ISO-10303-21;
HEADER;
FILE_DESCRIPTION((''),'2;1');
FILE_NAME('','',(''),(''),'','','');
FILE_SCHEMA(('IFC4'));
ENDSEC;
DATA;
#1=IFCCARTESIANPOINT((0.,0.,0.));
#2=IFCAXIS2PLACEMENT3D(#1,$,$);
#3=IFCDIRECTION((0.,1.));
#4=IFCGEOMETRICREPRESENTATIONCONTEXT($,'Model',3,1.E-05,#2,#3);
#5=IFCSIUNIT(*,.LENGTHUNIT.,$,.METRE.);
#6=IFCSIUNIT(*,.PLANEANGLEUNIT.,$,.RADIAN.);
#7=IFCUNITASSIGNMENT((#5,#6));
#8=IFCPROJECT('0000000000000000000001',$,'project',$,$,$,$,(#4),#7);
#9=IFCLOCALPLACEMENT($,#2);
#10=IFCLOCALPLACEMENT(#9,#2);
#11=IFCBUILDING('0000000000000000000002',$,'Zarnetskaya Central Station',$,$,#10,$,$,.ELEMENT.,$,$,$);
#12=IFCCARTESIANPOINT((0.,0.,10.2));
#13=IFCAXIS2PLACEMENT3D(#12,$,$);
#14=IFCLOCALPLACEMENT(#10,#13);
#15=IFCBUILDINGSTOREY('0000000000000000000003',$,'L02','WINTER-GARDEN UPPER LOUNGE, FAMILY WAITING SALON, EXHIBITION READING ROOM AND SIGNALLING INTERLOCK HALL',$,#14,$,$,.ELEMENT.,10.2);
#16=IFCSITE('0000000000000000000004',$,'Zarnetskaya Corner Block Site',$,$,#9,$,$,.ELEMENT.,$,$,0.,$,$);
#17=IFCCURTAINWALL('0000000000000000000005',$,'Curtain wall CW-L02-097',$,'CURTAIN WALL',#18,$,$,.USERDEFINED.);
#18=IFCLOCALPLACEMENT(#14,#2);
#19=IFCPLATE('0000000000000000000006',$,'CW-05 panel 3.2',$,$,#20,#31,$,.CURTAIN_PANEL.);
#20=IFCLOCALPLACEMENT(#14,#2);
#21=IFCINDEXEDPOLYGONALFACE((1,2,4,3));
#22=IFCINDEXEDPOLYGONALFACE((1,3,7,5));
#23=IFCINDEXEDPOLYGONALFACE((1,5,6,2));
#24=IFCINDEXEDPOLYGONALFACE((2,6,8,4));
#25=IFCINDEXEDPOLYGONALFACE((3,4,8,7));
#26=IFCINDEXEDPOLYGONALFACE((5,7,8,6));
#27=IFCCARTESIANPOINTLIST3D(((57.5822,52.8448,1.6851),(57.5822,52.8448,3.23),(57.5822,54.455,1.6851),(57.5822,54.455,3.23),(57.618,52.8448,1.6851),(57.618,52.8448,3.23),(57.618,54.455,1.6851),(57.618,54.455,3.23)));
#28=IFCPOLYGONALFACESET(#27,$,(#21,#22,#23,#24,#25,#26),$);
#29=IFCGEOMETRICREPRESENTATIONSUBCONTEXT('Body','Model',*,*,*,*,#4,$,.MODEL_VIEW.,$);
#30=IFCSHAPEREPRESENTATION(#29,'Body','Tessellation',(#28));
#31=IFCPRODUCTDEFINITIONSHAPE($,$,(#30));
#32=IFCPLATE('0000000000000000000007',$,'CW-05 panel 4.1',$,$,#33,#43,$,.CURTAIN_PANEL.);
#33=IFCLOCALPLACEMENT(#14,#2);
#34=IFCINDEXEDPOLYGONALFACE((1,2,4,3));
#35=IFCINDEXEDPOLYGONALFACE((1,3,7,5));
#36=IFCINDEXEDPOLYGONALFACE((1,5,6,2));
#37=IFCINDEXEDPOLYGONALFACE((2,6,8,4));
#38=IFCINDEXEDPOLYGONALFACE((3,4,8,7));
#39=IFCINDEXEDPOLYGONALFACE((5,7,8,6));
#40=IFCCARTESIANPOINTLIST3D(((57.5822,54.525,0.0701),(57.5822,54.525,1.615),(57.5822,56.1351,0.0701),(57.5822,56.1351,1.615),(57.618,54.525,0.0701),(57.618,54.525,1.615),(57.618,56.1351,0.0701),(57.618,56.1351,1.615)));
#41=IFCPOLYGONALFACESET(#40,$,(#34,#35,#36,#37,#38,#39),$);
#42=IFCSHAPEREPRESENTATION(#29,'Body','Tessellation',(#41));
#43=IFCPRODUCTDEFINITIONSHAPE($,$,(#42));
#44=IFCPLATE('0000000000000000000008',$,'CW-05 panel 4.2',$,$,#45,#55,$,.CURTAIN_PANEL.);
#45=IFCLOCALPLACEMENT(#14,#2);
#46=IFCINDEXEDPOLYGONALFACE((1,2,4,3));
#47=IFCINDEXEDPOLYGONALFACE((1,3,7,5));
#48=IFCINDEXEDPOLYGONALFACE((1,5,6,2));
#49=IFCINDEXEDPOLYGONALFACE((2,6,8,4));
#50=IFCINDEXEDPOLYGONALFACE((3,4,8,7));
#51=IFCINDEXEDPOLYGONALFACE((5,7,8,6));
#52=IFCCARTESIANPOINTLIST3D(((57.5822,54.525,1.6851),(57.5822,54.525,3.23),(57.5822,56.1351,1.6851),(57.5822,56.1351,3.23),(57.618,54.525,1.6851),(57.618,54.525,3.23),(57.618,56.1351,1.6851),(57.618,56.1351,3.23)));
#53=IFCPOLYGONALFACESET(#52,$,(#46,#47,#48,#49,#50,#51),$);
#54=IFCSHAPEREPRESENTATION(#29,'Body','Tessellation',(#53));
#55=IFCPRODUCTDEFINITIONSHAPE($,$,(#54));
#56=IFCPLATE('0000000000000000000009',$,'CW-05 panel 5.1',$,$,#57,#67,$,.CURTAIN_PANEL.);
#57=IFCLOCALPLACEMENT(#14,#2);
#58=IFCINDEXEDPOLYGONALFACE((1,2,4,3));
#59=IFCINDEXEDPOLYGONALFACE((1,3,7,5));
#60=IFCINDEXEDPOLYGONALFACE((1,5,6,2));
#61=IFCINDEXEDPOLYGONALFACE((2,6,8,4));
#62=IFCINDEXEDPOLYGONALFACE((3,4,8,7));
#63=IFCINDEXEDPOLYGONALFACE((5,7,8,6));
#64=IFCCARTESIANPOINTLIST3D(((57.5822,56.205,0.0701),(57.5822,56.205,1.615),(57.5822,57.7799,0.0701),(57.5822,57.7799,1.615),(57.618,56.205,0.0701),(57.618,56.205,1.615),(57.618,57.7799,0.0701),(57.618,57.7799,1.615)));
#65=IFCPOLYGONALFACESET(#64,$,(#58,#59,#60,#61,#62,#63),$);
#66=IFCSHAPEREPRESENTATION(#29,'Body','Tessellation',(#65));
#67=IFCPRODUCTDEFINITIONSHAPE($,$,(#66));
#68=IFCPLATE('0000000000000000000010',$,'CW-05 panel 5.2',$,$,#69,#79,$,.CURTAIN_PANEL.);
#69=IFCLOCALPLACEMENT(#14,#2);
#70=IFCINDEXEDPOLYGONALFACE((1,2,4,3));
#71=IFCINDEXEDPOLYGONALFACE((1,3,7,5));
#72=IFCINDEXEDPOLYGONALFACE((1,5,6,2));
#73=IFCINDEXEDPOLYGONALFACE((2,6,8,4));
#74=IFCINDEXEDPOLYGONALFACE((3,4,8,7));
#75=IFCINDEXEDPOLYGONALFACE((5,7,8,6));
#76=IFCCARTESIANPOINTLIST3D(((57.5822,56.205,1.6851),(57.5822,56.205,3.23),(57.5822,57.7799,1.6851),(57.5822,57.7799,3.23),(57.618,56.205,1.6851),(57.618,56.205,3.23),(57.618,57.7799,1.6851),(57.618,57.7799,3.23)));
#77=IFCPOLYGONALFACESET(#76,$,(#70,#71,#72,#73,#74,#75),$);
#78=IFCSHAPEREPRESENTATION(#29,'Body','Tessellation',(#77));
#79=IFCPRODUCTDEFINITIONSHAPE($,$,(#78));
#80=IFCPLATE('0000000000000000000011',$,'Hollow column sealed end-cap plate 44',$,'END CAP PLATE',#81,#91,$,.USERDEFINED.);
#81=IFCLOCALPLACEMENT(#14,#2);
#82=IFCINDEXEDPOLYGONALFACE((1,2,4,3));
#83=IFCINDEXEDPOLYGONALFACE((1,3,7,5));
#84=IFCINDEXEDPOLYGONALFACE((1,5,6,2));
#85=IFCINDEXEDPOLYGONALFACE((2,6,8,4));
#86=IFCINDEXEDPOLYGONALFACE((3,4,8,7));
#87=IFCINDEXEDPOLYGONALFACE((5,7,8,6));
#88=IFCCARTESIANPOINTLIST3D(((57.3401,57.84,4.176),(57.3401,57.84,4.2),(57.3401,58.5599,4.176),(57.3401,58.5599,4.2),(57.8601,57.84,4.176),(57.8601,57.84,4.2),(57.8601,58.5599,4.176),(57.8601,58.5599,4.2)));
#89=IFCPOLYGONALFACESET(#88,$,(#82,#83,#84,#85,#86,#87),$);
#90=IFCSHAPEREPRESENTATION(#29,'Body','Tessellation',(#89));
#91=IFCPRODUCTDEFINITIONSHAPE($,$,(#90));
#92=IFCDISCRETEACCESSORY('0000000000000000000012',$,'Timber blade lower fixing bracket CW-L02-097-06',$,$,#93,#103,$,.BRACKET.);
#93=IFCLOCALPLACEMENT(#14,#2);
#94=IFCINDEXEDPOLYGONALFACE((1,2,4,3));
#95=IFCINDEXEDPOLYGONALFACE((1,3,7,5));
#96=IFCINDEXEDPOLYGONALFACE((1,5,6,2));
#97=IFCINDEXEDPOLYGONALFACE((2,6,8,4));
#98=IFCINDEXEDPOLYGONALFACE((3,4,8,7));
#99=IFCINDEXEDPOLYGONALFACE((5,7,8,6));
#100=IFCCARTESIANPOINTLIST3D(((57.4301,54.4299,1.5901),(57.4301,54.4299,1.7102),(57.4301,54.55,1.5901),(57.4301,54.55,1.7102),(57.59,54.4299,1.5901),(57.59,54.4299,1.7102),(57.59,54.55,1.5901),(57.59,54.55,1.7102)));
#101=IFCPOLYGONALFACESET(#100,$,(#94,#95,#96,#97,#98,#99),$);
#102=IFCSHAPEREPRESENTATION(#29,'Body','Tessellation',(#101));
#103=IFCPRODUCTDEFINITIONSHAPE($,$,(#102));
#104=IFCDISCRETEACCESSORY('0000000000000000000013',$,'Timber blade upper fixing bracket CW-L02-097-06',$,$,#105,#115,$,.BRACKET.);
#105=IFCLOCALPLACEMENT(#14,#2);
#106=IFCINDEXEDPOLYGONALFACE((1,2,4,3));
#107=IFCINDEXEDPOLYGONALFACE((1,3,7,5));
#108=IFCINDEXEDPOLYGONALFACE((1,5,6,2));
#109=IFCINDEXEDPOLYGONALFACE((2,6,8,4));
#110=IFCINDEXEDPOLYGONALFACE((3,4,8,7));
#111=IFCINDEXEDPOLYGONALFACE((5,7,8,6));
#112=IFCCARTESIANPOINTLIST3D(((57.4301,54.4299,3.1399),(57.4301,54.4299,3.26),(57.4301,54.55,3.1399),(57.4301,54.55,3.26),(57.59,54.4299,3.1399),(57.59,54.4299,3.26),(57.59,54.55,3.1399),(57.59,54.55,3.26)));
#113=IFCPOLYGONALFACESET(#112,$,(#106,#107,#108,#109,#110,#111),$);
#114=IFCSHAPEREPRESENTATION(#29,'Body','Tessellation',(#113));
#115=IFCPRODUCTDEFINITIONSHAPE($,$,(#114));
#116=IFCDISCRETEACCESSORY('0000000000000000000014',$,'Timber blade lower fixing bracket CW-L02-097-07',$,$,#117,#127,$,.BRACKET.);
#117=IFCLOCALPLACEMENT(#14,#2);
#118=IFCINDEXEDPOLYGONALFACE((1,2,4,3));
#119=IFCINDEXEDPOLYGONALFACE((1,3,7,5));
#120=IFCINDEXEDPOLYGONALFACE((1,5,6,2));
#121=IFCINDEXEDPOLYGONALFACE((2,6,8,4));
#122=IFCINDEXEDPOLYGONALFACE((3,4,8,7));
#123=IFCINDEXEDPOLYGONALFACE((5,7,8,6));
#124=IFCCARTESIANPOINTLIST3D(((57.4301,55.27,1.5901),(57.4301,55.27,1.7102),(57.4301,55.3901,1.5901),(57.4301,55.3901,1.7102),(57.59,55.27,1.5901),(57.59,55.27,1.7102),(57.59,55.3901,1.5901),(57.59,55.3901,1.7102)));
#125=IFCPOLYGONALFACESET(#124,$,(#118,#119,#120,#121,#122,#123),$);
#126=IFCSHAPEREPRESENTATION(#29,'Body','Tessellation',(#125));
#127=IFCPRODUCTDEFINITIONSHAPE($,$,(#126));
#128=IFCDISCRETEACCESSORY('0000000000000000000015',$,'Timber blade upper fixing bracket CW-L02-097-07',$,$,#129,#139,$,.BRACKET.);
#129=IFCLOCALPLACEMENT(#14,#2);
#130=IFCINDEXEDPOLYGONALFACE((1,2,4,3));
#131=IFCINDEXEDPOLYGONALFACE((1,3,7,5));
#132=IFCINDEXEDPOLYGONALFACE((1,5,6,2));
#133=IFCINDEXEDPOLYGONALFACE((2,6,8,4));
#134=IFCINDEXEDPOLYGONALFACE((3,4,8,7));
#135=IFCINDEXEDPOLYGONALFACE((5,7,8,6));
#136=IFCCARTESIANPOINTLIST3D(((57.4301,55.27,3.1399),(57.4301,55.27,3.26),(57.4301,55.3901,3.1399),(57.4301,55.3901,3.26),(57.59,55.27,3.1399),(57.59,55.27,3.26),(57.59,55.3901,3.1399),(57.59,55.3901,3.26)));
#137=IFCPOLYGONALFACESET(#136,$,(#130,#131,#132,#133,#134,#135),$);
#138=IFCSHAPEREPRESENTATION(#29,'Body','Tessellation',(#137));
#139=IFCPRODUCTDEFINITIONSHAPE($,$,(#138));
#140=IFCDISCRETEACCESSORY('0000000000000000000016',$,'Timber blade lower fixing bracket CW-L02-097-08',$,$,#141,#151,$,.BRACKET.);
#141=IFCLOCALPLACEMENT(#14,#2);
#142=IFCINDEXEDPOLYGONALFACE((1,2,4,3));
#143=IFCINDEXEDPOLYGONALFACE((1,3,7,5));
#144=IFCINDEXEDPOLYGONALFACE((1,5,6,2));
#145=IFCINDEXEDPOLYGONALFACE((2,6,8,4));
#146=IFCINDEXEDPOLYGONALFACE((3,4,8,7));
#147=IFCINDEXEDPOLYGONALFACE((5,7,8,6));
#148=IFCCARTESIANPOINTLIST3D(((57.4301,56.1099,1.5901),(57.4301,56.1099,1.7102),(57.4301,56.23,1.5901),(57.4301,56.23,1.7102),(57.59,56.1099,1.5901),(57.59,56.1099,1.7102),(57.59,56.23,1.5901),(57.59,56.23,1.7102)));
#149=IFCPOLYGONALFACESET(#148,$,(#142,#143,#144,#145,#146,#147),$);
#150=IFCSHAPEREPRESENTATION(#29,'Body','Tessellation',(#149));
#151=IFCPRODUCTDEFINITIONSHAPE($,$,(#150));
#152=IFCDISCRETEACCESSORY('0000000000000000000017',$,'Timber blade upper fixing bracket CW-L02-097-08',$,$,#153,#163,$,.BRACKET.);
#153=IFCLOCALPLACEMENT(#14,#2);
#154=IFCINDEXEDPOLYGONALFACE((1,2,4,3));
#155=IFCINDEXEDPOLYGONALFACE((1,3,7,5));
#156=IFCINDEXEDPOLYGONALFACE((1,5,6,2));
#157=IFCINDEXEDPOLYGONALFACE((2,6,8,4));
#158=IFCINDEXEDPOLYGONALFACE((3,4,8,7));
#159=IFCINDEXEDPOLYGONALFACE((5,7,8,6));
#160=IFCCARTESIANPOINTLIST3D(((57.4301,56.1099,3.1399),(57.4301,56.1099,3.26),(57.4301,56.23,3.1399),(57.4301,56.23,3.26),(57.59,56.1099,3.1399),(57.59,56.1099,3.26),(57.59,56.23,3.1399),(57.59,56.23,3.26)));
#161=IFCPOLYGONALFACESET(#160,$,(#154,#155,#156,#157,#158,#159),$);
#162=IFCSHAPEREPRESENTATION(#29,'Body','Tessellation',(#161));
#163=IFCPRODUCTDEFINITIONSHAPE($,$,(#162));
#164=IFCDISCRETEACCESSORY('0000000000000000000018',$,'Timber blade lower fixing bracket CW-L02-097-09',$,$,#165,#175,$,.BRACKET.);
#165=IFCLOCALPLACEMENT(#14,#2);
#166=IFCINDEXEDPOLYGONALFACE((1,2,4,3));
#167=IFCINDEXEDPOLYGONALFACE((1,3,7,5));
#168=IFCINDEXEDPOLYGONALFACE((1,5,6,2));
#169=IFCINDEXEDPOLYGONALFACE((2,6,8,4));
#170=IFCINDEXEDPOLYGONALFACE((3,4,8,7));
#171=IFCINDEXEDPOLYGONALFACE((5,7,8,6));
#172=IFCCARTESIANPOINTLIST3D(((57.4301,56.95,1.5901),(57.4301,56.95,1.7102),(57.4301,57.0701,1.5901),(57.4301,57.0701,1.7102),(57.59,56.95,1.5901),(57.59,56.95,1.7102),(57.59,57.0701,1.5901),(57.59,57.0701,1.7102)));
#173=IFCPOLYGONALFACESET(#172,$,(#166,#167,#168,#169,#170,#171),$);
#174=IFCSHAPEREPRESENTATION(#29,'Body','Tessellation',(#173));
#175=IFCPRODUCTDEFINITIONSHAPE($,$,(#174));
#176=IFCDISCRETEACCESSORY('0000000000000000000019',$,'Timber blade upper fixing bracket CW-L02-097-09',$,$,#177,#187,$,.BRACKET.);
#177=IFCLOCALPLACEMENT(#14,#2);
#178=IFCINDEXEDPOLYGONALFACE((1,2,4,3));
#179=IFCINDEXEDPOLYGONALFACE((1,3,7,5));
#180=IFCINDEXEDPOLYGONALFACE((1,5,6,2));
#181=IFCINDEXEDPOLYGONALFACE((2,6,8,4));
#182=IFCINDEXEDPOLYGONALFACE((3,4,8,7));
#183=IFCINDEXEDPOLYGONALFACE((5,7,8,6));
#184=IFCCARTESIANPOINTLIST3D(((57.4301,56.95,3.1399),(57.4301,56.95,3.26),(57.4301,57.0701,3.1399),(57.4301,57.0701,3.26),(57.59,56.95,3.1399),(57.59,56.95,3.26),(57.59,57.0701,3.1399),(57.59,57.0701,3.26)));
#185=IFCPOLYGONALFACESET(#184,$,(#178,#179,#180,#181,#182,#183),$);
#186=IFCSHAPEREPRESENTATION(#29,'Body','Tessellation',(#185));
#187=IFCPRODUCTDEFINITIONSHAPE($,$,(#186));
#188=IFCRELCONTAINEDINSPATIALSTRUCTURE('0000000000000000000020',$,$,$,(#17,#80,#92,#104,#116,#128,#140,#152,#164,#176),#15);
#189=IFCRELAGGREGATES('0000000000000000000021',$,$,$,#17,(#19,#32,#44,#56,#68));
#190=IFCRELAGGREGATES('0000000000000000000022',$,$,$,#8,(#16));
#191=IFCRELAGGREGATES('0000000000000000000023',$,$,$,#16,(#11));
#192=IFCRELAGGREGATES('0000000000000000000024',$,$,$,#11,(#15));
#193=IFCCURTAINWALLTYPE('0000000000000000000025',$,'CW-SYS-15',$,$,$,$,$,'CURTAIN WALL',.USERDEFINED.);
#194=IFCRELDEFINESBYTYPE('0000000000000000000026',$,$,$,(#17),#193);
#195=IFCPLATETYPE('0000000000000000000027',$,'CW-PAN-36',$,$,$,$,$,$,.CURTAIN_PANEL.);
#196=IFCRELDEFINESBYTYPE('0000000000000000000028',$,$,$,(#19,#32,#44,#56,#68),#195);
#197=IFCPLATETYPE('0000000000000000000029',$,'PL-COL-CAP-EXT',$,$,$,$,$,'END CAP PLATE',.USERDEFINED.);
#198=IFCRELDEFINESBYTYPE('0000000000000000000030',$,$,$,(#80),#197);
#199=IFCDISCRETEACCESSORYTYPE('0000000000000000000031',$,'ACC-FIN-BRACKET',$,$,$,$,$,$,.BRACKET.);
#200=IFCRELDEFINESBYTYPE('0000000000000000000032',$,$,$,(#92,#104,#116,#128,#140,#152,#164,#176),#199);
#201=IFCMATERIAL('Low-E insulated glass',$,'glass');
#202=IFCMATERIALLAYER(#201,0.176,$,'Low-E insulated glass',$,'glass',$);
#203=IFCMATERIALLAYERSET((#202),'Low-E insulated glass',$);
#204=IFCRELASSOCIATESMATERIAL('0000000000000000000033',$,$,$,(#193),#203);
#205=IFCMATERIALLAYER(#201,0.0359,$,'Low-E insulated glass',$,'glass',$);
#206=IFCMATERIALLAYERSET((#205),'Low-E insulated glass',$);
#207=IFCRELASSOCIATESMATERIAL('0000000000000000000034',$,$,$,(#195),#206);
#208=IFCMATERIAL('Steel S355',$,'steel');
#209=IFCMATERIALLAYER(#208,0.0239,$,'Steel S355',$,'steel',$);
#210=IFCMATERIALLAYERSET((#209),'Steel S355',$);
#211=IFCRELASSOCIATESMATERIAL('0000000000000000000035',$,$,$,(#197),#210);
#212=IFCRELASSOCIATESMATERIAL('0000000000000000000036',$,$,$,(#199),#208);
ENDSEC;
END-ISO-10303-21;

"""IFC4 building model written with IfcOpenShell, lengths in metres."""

from ifc_helpers import new_model, si_unit, direction, frame, origin, origin_2d, place, context, subcontext, project, spatial, rectangle, extrude, material, layer, layer_set, type_object, element, aggregate, save


model = new_model("IFC4")

# Units and contexts
model_context = context("Model", 3, precision=1e-05, world=origin(), true_north=direction((0.0, 1.0)))
body_context = subcontext(model_context, "Body", "Model", "MODEL_VIEW")
ifc_project = project(units=[si_unit("LENGTHUNIT", "METRE"), si_unit("PLANEANGLEUNIT", "RADIAN")], contexts=[model_context])

# Site, building, storey
site_placement = place(None, origin())
site = spatial("IfcSite", under=ifc_project, at=site_placement, Name="Zarnetskaya Corner Block Site", CompositionType="ELEMENT", RefElevation=0.0)
building_placement = place(site_placement, origin())
building = spatial("IfcBuilding", under=site, at=building_placement, Name="Zarnetskaya Central Station", CompositionType="ELEMENT")
storey_placement = place(building_placement, frame((0.0, 0.0, 10.2)))
storey = spatial("IfcBuildingStorey", under=building, at=storey_placement, Name="L02", Description="WINTER-GARDEN UPPER LOUNGE, FAMILY WAITING SALON, EXHIBITION READING ROOM AND SIGNALLING INTERLOCK HALL", CompositionType="ELEMENT", Elevation=10.2)

# Shared definitions
ifc_material_1 = material(Name="Steel S355", Category="steel")

# Curtain wall
ifc_material_2 = material(Name="Low-E insulated glass", Category="glass")
ifc_layer_1 = layer(ifc_material_2, 0.176, Name="Low-E insulated glass", Category="glass")
ifc_layer_set_1 = layer_set([ifc_layer_1], Name="Low-E insulated glass")
curtain_wall_type = type_object("IfcCurtainWallType", Name="CW-SYS-15", ElementType="CURTAIN WALL", PredefinedType="USERDEFINED", material=ifc_layer_set_1)
curtain_wall_placement = place(storey_placement, origin())
curtain_wall = element("IfcCurtainWall", 1, at=curtain_wall_placement, inside=storey, type_object=curtain_wall_type, Name="Curtain wall CW-L02-097", ObjectType="CURTAIN WALL", PredefinedType="USERDEFINED")

# Plates
ifc_layer_2 = layer(ifc_material_2, 0.0359, Name="Low-E insulated glass", Category="glass")
ifc_layer_set_2 = layer_set([ifc_layer_2], Name="Low-E insulated glass")
plate_type_1 = type_object("IfcPlateType", Name="CW-PAN-36", PredefinedType="CURTAIN_PANEL", material=ifc_layer_set_2)
plate_1_placement = place(storey_placement, frame((57.6001, 53.6499, 1.6851), z_axis=(0.0, 0.0, 1.0), x_axis=(0.0, 1.0, 0.0)))
plate_1 = element("IfcPlate", 2, at=plate_1_placement, type_object=plate_type_1, Name="CW-05 panel 3.2", PredefinedType="CURTAIN_PANEL", context=body_context, shape_type="SweptSolid", body=[
    extrude(rectangle(XDim=1.6101, YDim=0.0359, at=origin_2d()), origin(), (0.0, 0.0, 1.0), 1.5449),
])
plate_2_placement = place(storey_placement, frame((57.6001, 55.3301, 0.0701), z_axis=(0.0, 0.0, 1.0), x_axis=(0.0, 1.0, 0.0)))
plate_2 = element("IfcPlate", 3, at=plate_2_placement, type_object=plate_type_1, Name="CW-05 panel 4.1", PredefinedType="CURTAIN_PANEL", context=body_context, shape_type="SweptSolid", body=[
    extrude(rectangle(XDim=1.6101, YDim=0.0359, at=origin_2d()), origin(), (0.0, 0.0, 1.0), 1.5449),
])
plate_3_placement = place(storey_placement, frame((57.6001, 55.3301, 1.6851), z_axis=(0.0, 0.0, 1.0), x_axis=(0.0, 1.0, 0.0)))
plate_3 = element("IfcPlate", 4, at=plate_3_placement, type_object=plate_type_1, Name="CW-05 panel 4.2", PredefinedType="CURTAIN_PANEL", context=body_context, shape_type="SweptSolid", body=[
    extrude(rectangle(XDim=1.6101, YDim=0.0359, at=origin_2d()), origin(), (0.0, 0.0, 1.0), 1.5449),
])
plate_4_placement = place(storey_placement, frame((57.6001, 56.9924, 0.0701), z_axis=(0.0, 0.0, 1.0), x_axis=(0.0, 1.0, 0.0)))
plate_4 = element("IfcPlate", 5, at=plate_4_placement, type_object=plate_type_1, Name="CW-05 panel 5.1", PredefinedType="CURTAIN_PANEL", context=body_context, shape_type="SweptSolid", body=[
    extrude(rectangle(XDim=1.575, YDim=0.0359, at=origin_2d()), origin(), (0.0, 0.0, 1.0), 1.5449),
])
plate_5_placement = place(storey_placement, frame((57.6001, 56.9924, 1.6851), z_axis=(0.0, 0.0, 1.0), x_axis=(0.0, 1.0, 0.0)))
plate_5 = element("IfcPlate", 6, at=plate_5_placement, type_object=plate_type_1, Name="CW-05 panel 5.2", PredefinedType="CURTAIN_PANEL", context=body_context, shape_type="SweptSolid", body=[
    extrude(rectangle(XDim=1.575, YDim=0.0359, at=origin_2d()), origin(), (0.0, 0.0, 1.0), 1.5449),
])
aggregate(curtain_wall, [plate_1, plate_2, plate_3, plate_4, plate_5])
ifc_layer_3 = layer(ifc_material_1, 0.0239, Name="Steel S355", Category="steel")
ifc_layer_set_3 = layer_set([ifc_layer_3], Name="Steel S355")
plate_type_2 = type_object("IfcPlateType", Name="PL-COL-CAP-EXT", ElementType="END CAP PLATE", PredefinedType="USERDEFINED", material=ifc_layer_set_3)
plate_6_placement = place(storey_placement, frame((57.6001, 58.2, 4.176), z_axis=(0.0, 0.0, 1.0), x_axis=(1.0, 0.0, 0.0)))
element("IfcPlate", 7, at=plate_6_placement, inside=storey, type_object=plate_type_2, Name="Hollow column sealed end-cap plate 44", ObjectType="END CAP PLATE", PredefinedType="USERDEFINED", context=body_context, shape_type="SweptSolid", body=[
    extrude(rectangle(XDim=0.52, YDim=0.72, at=origin_2d()), origin(), (0.0, 0.0, 1.0), 0.0239),
])

# Discrete accessories
discrete_accessory_type = type_object("IfcDiscreteAccessoryType", Name="ACC-FIN-BRACKET", PredefinedType="BRACKET", material=ifc_material_1)
for number, where, z_axis, x_axis, name in (
    (8, (57.51, 54.49, 1.5901), (0.0, 0.0, 1.0), (0.0, 1.0, 0.0), "Timber blade lower fixing bracket CW-L02-097-06"),
    (9, (57.51, 54.49, 3.1399), (0.0, 0.0, 1.0), (0.0, 1.0, 0.0), "Timber blade upper fixing bracket CW-L02-097-06"),
    (10, (57.51, 55.3301, 1.5901), (0.0, 0.0, 1.0), (0.0, 1.0, 0.0), "Timber blade lower fixing bracket CW-L02-097-07"),
    (11, (57.51, 55.3301, 3.1399), (0.0, 0.0, 1.0), (0.0, 1.0, 0.0), "Timber blade upper fixing bracket CW-L02-097-07"),
    (12, (57.51, 56.1699, 1.5901), (0.0, 0.0, 1.0), (0.0, 1.0, 0.0), "Timber blade lower fixing bracket CW-L02-097-08"),
    (13, (57.51, 56.1699, 3.1399), (0.0, 0.0, 1.0), (0.0, 1.0, 0.0), "Timber blade upper fixing bracket CW-L02-097-08"),
    (14, (57.51, 57.01, 1.5901), (0.0, 0.0, 1.0), (0.0, 1.0, 0.0), "Timber blade lower fixing bracket CW-L02-097-09"),
    (15, (57.51, 57.01, 3.1399), (0.0, 0.0, 1.0), (0.0, 1.0, 0.0), "Timber blade upper fixing bracket CW-L02-097-09"),
):
    element("IfcDiscreteAccessory", number, at=place(storey_placement, frame(where, z_axis=z_axis, x_axis=x_axis)), inside=storey, type_object=discrete_accessory_type, Name=name, PredefinedType="BRACKET", context=body_context, shape_type="SweptSolid", body=[
        extrude(rectangle(XDim=0.1201, YDim=0.1599, at=origin_2d()), origin(), (0.0, 0.0, 1.0), 0.1201),
    ])

save(model, "model.ifc")
